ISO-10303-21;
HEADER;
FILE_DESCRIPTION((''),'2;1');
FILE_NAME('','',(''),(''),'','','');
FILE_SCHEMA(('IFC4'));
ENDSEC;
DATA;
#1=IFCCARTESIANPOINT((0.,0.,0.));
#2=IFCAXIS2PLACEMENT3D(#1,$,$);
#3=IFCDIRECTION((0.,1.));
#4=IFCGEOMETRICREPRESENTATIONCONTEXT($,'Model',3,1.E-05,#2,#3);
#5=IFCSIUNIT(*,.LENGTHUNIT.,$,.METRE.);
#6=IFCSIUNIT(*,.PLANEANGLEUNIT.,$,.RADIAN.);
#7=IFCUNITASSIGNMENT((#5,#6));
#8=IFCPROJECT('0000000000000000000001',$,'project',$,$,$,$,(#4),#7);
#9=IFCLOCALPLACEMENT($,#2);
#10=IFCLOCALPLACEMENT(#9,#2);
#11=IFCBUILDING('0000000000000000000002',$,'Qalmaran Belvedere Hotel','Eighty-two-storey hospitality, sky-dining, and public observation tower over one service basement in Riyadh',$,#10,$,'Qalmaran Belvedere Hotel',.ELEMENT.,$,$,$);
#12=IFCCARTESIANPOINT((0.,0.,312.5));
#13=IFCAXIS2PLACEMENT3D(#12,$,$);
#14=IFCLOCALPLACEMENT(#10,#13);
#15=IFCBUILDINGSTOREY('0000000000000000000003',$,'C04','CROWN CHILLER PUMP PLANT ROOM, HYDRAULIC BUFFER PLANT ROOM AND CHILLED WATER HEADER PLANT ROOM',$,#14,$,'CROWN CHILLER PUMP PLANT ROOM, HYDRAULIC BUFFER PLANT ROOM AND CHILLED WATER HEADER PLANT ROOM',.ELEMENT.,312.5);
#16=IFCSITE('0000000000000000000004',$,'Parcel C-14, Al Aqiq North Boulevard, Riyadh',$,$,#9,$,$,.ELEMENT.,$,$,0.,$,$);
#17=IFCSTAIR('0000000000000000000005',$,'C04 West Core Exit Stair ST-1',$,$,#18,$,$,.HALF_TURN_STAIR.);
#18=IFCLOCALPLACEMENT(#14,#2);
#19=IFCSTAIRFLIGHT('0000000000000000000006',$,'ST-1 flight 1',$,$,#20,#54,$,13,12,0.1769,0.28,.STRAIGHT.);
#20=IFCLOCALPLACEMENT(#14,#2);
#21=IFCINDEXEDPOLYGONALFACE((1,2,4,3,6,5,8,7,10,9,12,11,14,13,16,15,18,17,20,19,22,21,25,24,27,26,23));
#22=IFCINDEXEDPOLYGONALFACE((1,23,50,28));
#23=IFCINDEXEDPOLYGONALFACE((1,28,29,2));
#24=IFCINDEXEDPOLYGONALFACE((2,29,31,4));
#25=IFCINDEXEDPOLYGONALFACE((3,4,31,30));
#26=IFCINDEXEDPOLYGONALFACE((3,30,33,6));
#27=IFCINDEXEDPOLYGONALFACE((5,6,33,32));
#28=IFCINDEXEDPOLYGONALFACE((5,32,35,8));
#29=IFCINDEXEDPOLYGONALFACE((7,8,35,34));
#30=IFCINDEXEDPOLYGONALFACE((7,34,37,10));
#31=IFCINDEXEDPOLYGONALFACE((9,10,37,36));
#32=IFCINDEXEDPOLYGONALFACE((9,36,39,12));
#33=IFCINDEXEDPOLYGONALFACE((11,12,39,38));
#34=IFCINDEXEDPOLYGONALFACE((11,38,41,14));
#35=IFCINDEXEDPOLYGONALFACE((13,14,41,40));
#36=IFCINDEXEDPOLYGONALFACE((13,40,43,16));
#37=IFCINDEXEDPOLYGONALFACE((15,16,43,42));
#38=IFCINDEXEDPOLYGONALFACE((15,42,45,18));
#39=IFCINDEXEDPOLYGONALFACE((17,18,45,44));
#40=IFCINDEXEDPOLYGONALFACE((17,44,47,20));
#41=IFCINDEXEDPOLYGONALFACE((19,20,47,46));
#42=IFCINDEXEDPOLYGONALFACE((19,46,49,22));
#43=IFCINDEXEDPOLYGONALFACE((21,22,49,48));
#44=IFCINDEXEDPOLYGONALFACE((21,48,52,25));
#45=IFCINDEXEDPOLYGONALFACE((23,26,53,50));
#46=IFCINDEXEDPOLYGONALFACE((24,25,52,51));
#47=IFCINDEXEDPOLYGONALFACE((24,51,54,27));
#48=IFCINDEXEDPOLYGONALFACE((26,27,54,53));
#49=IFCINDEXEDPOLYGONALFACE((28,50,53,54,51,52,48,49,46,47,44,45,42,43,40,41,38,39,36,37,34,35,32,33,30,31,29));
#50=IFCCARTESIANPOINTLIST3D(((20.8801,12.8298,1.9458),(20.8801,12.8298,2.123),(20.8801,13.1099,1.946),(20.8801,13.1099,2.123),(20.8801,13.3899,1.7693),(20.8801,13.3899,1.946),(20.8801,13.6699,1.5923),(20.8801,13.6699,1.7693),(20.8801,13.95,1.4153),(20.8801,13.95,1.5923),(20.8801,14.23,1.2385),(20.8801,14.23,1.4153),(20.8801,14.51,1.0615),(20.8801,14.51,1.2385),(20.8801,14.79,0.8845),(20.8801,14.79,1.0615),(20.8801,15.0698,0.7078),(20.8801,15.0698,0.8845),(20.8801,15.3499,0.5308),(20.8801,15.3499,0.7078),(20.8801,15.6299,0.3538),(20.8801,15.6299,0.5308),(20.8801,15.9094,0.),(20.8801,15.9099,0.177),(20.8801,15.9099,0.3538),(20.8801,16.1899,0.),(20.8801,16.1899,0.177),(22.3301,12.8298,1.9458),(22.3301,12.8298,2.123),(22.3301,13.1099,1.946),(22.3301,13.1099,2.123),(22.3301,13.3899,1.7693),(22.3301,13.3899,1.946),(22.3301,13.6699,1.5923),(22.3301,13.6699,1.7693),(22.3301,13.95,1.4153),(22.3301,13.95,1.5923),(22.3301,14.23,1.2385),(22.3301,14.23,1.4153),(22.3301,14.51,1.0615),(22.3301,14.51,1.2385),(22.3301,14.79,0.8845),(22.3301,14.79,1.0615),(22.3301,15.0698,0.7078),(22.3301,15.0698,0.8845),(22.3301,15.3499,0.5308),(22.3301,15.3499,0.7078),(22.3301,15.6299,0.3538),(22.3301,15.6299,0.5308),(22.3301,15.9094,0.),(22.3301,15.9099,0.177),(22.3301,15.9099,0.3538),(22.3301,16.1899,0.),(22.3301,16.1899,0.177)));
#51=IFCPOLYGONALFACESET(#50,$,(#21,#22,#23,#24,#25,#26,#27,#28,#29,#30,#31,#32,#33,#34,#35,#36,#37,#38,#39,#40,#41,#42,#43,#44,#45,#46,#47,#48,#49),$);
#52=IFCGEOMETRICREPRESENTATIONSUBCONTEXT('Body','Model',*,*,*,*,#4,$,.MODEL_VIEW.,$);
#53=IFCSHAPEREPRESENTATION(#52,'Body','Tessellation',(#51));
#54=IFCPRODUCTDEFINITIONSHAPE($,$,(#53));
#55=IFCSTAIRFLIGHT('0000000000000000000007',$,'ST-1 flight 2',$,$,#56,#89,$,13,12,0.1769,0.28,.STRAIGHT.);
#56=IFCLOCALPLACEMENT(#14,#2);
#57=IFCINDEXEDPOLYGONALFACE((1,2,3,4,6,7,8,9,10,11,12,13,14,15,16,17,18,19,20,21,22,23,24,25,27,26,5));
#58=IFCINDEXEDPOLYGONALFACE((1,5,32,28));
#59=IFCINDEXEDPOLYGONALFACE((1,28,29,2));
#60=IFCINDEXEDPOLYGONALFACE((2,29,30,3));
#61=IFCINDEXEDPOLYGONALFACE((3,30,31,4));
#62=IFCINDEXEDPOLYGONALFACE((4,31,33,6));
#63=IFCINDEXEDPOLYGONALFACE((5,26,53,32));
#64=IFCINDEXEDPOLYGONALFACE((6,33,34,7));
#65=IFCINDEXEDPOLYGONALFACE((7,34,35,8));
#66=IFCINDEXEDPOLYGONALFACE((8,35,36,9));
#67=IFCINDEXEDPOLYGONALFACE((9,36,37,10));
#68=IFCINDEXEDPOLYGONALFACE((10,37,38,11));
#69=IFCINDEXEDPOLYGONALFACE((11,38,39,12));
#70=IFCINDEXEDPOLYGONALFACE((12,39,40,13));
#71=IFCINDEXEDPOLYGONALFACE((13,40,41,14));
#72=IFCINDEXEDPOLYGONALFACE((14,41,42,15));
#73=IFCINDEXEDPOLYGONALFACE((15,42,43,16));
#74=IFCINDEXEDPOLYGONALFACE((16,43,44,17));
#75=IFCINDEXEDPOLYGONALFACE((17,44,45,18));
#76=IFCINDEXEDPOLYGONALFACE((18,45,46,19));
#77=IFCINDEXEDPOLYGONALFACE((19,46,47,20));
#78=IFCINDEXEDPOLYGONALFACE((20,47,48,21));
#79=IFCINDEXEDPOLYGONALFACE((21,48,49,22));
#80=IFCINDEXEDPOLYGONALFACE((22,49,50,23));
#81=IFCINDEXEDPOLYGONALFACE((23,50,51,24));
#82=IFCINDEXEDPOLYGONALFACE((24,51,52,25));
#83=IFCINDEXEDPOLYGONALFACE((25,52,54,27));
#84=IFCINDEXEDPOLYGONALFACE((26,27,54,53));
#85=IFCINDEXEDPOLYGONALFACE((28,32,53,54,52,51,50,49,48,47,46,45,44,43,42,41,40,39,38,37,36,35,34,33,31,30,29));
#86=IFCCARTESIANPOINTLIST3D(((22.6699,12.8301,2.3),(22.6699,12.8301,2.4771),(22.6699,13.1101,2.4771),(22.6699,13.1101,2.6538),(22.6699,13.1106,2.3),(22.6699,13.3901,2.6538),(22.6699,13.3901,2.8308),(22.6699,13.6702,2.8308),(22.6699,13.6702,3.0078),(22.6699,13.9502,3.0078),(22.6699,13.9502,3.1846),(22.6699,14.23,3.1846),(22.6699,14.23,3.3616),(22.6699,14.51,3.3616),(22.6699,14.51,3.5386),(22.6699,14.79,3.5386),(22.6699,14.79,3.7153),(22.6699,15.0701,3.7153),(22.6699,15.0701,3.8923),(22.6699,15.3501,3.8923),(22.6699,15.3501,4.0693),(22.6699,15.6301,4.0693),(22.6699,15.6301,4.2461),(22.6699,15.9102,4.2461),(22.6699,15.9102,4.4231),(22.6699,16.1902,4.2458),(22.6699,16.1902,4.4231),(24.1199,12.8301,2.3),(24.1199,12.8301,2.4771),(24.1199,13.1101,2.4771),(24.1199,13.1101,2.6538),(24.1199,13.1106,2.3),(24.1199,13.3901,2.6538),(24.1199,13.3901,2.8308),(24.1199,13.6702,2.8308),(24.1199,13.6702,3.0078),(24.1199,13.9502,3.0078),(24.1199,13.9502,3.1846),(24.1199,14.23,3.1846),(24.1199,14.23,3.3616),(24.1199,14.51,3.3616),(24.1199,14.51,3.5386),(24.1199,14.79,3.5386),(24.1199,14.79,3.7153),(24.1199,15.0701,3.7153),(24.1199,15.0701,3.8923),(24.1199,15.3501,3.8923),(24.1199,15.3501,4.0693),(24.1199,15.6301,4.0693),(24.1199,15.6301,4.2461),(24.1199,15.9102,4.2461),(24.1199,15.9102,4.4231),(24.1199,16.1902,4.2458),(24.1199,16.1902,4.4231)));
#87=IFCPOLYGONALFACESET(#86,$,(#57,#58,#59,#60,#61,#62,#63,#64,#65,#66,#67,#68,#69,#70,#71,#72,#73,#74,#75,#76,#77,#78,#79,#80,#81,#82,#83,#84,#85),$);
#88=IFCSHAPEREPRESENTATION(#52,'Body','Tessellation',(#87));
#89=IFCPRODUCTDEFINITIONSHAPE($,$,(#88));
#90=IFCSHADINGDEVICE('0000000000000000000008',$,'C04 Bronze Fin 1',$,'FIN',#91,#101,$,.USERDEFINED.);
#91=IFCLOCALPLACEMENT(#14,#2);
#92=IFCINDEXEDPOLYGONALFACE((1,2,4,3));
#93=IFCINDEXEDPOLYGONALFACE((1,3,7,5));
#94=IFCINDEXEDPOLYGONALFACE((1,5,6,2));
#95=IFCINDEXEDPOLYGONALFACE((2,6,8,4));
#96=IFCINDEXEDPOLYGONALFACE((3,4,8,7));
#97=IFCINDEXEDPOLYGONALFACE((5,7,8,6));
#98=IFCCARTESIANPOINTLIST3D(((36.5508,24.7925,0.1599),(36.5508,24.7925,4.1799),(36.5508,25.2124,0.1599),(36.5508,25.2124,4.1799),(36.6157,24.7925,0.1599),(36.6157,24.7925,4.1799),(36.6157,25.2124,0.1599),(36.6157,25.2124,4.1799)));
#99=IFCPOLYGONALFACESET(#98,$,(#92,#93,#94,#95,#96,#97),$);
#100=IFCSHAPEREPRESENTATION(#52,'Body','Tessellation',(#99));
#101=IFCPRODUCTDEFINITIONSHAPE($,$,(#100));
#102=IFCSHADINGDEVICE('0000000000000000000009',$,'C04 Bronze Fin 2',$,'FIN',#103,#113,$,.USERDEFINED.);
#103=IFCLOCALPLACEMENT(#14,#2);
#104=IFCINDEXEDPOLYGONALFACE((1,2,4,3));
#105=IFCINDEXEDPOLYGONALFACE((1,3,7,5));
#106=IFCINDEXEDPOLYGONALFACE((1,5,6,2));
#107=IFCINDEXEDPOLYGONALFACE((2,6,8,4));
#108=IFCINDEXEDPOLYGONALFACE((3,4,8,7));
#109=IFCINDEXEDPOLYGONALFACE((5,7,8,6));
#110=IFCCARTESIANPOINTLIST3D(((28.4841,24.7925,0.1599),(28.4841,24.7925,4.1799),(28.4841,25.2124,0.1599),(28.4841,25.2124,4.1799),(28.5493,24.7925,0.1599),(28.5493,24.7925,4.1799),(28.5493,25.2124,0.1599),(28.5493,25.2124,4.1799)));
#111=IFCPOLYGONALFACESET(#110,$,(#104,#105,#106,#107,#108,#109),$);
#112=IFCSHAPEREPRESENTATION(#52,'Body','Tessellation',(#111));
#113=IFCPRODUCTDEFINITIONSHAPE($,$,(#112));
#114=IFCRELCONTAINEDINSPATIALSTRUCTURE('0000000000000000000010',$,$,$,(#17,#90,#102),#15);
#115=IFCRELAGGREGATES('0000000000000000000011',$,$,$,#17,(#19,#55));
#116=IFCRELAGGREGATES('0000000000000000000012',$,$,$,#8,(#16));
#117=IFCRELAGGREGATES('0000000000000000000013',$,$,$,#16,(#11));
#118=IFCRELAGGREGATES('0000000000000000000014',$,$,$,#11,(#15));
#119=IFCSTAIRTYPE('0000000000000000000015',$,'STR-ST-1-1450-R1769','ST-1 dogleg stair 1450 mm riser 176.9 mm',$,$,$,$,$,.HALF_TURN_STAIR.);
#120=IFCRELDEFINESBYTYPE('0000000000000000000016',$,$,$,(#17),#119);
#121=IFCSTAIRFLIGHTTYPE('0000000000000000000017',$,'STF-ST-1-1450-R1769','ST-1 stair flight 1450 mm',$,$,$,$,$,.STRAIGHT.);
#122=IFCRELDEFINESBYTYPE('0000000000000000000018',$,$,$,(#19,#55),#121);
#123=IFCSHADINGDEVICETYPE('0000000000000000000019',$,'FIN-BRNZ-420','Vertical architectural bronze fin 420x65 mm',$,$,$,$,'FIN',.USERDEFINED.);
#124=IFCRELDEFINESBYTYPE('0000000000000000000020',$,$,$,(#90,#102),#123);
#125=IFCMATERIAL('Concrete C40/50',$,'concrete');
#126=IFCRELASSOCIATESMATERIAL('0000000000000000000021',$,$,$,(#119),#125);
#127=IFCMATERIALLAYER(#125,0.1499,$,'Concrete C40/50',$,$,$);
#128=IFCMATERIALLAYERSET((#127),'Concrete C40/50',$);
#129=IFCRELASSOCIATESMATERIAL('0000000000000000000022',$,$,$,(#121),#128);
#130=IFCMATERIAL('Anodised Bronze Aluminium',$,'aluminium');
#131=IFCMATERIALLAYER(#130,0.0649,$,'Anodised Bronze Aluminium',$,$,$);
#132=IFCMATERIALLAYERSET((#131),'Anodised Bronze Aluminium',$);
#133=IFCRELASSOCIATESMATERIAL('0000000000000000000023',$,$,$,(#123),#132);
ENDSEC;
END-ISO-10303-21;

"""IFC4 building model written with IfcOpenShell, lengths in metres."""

from ifc_helpers import new_model, si_unit, direction, frame, origin, place, context, subcontext, project, spatial, polyline, outline, extrude, material, layer, layer_set, type_object, element, aggregate, save


model = new_model("IFC4")

# Units and contexts
model_context = context("Model", 3, precision=1e-05, world=origin(), true_north=direction((0.0, 1.0)))
body_context = subcontext(model_context, "Body", "Model", "MODEL_VIEW")
ifc_project = project(units=[si_unit("LENGTHUNIT", "METRE"), si_unit("PLANEANGLEUNIT", "RADIAN")], contexts=[model_context])

# Site, building, storey
site_placement = place(None, origin())
site = spatial("IfcSite", under=ifc_project, at=site_placement, Name="Parcel C-14, Al Aqiq North Boulevard, Riyadh", CompositionType="ELEMENT", RefElevation=0.0)
building_placement = place(site_placement, origin())
building = spatial("IfcBuilding", under=site, at=building_placement, Name="Qalmaran Belvedere Hotel", Description="Eighty-two-storey hospitality, sky-dining, and public observation tower over one service basement in Riyadh", LongName="Qalmaran Belvedere Hotel", CompositionType="ELEMENT")
storey_placement = place(building_placement, frame((0.0, 0.0, 312.5)))
storey = spatial("IfcBuildingStorey", under=building, at=storey_placement, Name="C04", Description="CROWN CHILLER PUMP PLANT ROOM, HYDRAULIC BUFFER PLANT ROOM AND CHILLED WATER HEADER PLANT ROOM", LongName="CROWN CHILLER PUMP PLANT ROOM, HYDRAULIC BUFFER PLANT ROOM AND CHILLED WATER HEADER PLANT ROOM", CompositionType="ELEMENT", Elevation=312.5)

# Shared definitions
ifc_material_1 = material(Name="Anodised Bronze Aluminium", Category="aluminium")

# Shared definitions
ifc_material_2 = material(Name="Concrete C40/50", Category="concrete")

# Stair
stair_type_1 = type_object("IfcStairType", Name="STR-ST-1-1450-R1769", Description="ST-1 dogleg stair 1450 mm riser 176.9 mm", PredefinedType="HALF_TURN_STAIR", material=ifc_material_2)
stair_1_placement = place(storey_placement, origin())
stair_1 = element("IfcStair", 1, at=stair_1_placement, inside=storey, type_object=stair_type_1, Name="C04 West Core Exit Stair ST-1", PredefinedType="HALF_TURN_STAIR")

# Stair flights
ifc_layer_1 = layer(ifc_material_2, 0.1499, Name="Concrete C40/50")
ifc_layer_set_1 = layer_set([ifc_layer_1], Name="Concrete C40/50")
stair_flight_type = type_object("IfcStairFlightType", Name="STF-ST-1-1450-R1769", Description="ST-1 stair flight 1450 mm", PredefinedType="STRAIGHT", material=ifc_layer_set_1)
stair_flight_1_placement = place(storey_placement, frame((21.605, 16.1899, 0.0), z_axis=(0.0, 0.0, 1.0), x_axis=(0.0, -1.0, 0.0)))
stair_flight_1 = element("IfcStairFlight", 2, at=stair_flight_1_placement, type_object=stair_flight_type, Name="ST-1 flight 1", NumberOfRisers=13, NumberOfTreads=12, PredefinedType="STRAIGHT", RiserHeight=0.1769, TreadLength=0.28, context=body_context, shape_type="SweptSolid", body=[
    extrude(outline(polyline([(0.0, 0.0), (0.0, 0.177), (0.28, 0.177), (0.28, 0.3538), (0.5601, 0.3538), (0.5601, 0.5308), (0.8401, 0.5308), (0.8401, 0.7078), (1.1201, 0.7078), (1.1201, 0.8845), (1.3999, 0.8845), (1.3999, 1.0615), (1.6799, 1.0615), (1.6799, 1.2385), (1.96, 1.2385), (1.96, 1.4153), (2.24, 1.4153), (2.24, 1.5923), (2.52, 1.5923), (2.52, 1.7693), (2.8, 1.7693), (2.8, 1.946), (3.0801, 1.946), (3.0801, 2.123), (3.3601, 2.123), (3.3601, 2.3), (3.3601, 1.9458), (0.2805, 0.0), (0.0, 0.0)])), frame((0.0, 0.7251, 0.0), z_axis=(0.0, -1.0, 0.0), x_axis=(1.0, 0.0, 0.0)), (0.0, 0.0, 1.0), 1.45),
])
stair_flight_2_placement = place(storey_placement, frame((23.395, 12.8301, 2.3), z_axis=(0.0, 0.0, 1.0), x_axis=(0.0, 1.0, 0.0)))
stair_flight_2 = element("IfcStairFlight", 3, at=stair_flight_2_placement, type_object=stair_flight_type, Name="ST-1 flight 2", NumberOfRisers=13, NumberOfTreads=12, PredefinedType="STRAIGHT", RiserHeight=0.1769, TreadLength=0.28, context=body_context, shape_type="SweptSolid", body=[
    extrude(outline(polyline([(0.0, 0.0), (0.0, 0.177), (0.28, 0.177), (0.28, 0.3538), (0.5601, 0.3538), (0.5601, 0.5308), (0.8401, 0.5308), (0.8401, 0.7078), (1.1201, 0.7078), (1.1201, 0.8845), (1.3999, 0.8845), (1.3999, 1.0615), (1.6799, 1.0615), (1.6799, 1.2385), (1.96, 1.2385), (1.96, 1.4153), (2.24, 1.4153), (2.24, 1.5923), (2.52, 1.5923), (2.52, 1.7693), (2.8, 1.7693), (2.8, 1.946), (3.0801, 1.946), (3.0801, 2.123), (3.3601, 2.123), (3.3601, 2.3), (3.3601, 1.9458), (0.2805, 0.0), (0.0, 0.0)])), frame((0.0, 0.7251, 0.0), z_axis=(0.0, -1.0, 0.0), x_axis=(1.0, 0.0, 0.0)), (0.0, 0.0, 1.0), 1.45),
])
aggregate(stair_1, [stair_flight_1, stair_flight_2])

# Shading devices
ifc_layer_2 = layer(ifc_material_1, 0.0649, Name="Anodised Bronze Aluminium")
ifc_layer_set_2 = layer_set([ifc_layer_2], Name="Anodised Bronze Aluminium")
shading_device_type = type_object("IfcShadingDeviceType", Name="FIN-BRNZ-420", Description="Vertical architectural bronze fin 420x65 mm", ElementType="FIN", PredefinedType="USERDEFINED", material=ifc_layer_set_2)
shading_device_1_placement = place(storey_placement, frame((0.0, 0.0, 0.1599)))
element("IfcShadingDevice", 4, at=shading_device_1_placement, inside=storey, type_object=shading_device_type, Name="C04 Bronze Fin 1", ObjectType="FIN", PredefinedType="USERDEFINED", context=body_context, shape_type="SweptSolid", body=[
    extrude(outline(polyline([(36.6157, 24.7925), (36.6157, 25.2124), (36.5508, 25.2124), (36.5508, 24.7925), (36.6157, 24.7925)])), origin(), (0.0, 0.0, 1.0), 4.02),
])
shading_device_2_placement = place(storey_placement, frame((0.0, 0.0, 0.1599)))
element("IfcShadingDevice", 5, at=shading_device_2_placement, inside=storey, type_object=shading_device_type, Name="C04 Bronze Fin 2", ObjectType="FIN", PredefinedType="USERDEFINED", context=body_context, shape_type="SweptSolid", body=[
    extrude(outline(polyline([(28.5493, 24.7925), (28.5493, 25.2124), (28.4841, 25.2124), (28.4841, 24.7925), (28.5493, 24.7925)])), origin(), (0.0, 0.0, 1.0), 4.02),
])

save(model, "model.ifc")
